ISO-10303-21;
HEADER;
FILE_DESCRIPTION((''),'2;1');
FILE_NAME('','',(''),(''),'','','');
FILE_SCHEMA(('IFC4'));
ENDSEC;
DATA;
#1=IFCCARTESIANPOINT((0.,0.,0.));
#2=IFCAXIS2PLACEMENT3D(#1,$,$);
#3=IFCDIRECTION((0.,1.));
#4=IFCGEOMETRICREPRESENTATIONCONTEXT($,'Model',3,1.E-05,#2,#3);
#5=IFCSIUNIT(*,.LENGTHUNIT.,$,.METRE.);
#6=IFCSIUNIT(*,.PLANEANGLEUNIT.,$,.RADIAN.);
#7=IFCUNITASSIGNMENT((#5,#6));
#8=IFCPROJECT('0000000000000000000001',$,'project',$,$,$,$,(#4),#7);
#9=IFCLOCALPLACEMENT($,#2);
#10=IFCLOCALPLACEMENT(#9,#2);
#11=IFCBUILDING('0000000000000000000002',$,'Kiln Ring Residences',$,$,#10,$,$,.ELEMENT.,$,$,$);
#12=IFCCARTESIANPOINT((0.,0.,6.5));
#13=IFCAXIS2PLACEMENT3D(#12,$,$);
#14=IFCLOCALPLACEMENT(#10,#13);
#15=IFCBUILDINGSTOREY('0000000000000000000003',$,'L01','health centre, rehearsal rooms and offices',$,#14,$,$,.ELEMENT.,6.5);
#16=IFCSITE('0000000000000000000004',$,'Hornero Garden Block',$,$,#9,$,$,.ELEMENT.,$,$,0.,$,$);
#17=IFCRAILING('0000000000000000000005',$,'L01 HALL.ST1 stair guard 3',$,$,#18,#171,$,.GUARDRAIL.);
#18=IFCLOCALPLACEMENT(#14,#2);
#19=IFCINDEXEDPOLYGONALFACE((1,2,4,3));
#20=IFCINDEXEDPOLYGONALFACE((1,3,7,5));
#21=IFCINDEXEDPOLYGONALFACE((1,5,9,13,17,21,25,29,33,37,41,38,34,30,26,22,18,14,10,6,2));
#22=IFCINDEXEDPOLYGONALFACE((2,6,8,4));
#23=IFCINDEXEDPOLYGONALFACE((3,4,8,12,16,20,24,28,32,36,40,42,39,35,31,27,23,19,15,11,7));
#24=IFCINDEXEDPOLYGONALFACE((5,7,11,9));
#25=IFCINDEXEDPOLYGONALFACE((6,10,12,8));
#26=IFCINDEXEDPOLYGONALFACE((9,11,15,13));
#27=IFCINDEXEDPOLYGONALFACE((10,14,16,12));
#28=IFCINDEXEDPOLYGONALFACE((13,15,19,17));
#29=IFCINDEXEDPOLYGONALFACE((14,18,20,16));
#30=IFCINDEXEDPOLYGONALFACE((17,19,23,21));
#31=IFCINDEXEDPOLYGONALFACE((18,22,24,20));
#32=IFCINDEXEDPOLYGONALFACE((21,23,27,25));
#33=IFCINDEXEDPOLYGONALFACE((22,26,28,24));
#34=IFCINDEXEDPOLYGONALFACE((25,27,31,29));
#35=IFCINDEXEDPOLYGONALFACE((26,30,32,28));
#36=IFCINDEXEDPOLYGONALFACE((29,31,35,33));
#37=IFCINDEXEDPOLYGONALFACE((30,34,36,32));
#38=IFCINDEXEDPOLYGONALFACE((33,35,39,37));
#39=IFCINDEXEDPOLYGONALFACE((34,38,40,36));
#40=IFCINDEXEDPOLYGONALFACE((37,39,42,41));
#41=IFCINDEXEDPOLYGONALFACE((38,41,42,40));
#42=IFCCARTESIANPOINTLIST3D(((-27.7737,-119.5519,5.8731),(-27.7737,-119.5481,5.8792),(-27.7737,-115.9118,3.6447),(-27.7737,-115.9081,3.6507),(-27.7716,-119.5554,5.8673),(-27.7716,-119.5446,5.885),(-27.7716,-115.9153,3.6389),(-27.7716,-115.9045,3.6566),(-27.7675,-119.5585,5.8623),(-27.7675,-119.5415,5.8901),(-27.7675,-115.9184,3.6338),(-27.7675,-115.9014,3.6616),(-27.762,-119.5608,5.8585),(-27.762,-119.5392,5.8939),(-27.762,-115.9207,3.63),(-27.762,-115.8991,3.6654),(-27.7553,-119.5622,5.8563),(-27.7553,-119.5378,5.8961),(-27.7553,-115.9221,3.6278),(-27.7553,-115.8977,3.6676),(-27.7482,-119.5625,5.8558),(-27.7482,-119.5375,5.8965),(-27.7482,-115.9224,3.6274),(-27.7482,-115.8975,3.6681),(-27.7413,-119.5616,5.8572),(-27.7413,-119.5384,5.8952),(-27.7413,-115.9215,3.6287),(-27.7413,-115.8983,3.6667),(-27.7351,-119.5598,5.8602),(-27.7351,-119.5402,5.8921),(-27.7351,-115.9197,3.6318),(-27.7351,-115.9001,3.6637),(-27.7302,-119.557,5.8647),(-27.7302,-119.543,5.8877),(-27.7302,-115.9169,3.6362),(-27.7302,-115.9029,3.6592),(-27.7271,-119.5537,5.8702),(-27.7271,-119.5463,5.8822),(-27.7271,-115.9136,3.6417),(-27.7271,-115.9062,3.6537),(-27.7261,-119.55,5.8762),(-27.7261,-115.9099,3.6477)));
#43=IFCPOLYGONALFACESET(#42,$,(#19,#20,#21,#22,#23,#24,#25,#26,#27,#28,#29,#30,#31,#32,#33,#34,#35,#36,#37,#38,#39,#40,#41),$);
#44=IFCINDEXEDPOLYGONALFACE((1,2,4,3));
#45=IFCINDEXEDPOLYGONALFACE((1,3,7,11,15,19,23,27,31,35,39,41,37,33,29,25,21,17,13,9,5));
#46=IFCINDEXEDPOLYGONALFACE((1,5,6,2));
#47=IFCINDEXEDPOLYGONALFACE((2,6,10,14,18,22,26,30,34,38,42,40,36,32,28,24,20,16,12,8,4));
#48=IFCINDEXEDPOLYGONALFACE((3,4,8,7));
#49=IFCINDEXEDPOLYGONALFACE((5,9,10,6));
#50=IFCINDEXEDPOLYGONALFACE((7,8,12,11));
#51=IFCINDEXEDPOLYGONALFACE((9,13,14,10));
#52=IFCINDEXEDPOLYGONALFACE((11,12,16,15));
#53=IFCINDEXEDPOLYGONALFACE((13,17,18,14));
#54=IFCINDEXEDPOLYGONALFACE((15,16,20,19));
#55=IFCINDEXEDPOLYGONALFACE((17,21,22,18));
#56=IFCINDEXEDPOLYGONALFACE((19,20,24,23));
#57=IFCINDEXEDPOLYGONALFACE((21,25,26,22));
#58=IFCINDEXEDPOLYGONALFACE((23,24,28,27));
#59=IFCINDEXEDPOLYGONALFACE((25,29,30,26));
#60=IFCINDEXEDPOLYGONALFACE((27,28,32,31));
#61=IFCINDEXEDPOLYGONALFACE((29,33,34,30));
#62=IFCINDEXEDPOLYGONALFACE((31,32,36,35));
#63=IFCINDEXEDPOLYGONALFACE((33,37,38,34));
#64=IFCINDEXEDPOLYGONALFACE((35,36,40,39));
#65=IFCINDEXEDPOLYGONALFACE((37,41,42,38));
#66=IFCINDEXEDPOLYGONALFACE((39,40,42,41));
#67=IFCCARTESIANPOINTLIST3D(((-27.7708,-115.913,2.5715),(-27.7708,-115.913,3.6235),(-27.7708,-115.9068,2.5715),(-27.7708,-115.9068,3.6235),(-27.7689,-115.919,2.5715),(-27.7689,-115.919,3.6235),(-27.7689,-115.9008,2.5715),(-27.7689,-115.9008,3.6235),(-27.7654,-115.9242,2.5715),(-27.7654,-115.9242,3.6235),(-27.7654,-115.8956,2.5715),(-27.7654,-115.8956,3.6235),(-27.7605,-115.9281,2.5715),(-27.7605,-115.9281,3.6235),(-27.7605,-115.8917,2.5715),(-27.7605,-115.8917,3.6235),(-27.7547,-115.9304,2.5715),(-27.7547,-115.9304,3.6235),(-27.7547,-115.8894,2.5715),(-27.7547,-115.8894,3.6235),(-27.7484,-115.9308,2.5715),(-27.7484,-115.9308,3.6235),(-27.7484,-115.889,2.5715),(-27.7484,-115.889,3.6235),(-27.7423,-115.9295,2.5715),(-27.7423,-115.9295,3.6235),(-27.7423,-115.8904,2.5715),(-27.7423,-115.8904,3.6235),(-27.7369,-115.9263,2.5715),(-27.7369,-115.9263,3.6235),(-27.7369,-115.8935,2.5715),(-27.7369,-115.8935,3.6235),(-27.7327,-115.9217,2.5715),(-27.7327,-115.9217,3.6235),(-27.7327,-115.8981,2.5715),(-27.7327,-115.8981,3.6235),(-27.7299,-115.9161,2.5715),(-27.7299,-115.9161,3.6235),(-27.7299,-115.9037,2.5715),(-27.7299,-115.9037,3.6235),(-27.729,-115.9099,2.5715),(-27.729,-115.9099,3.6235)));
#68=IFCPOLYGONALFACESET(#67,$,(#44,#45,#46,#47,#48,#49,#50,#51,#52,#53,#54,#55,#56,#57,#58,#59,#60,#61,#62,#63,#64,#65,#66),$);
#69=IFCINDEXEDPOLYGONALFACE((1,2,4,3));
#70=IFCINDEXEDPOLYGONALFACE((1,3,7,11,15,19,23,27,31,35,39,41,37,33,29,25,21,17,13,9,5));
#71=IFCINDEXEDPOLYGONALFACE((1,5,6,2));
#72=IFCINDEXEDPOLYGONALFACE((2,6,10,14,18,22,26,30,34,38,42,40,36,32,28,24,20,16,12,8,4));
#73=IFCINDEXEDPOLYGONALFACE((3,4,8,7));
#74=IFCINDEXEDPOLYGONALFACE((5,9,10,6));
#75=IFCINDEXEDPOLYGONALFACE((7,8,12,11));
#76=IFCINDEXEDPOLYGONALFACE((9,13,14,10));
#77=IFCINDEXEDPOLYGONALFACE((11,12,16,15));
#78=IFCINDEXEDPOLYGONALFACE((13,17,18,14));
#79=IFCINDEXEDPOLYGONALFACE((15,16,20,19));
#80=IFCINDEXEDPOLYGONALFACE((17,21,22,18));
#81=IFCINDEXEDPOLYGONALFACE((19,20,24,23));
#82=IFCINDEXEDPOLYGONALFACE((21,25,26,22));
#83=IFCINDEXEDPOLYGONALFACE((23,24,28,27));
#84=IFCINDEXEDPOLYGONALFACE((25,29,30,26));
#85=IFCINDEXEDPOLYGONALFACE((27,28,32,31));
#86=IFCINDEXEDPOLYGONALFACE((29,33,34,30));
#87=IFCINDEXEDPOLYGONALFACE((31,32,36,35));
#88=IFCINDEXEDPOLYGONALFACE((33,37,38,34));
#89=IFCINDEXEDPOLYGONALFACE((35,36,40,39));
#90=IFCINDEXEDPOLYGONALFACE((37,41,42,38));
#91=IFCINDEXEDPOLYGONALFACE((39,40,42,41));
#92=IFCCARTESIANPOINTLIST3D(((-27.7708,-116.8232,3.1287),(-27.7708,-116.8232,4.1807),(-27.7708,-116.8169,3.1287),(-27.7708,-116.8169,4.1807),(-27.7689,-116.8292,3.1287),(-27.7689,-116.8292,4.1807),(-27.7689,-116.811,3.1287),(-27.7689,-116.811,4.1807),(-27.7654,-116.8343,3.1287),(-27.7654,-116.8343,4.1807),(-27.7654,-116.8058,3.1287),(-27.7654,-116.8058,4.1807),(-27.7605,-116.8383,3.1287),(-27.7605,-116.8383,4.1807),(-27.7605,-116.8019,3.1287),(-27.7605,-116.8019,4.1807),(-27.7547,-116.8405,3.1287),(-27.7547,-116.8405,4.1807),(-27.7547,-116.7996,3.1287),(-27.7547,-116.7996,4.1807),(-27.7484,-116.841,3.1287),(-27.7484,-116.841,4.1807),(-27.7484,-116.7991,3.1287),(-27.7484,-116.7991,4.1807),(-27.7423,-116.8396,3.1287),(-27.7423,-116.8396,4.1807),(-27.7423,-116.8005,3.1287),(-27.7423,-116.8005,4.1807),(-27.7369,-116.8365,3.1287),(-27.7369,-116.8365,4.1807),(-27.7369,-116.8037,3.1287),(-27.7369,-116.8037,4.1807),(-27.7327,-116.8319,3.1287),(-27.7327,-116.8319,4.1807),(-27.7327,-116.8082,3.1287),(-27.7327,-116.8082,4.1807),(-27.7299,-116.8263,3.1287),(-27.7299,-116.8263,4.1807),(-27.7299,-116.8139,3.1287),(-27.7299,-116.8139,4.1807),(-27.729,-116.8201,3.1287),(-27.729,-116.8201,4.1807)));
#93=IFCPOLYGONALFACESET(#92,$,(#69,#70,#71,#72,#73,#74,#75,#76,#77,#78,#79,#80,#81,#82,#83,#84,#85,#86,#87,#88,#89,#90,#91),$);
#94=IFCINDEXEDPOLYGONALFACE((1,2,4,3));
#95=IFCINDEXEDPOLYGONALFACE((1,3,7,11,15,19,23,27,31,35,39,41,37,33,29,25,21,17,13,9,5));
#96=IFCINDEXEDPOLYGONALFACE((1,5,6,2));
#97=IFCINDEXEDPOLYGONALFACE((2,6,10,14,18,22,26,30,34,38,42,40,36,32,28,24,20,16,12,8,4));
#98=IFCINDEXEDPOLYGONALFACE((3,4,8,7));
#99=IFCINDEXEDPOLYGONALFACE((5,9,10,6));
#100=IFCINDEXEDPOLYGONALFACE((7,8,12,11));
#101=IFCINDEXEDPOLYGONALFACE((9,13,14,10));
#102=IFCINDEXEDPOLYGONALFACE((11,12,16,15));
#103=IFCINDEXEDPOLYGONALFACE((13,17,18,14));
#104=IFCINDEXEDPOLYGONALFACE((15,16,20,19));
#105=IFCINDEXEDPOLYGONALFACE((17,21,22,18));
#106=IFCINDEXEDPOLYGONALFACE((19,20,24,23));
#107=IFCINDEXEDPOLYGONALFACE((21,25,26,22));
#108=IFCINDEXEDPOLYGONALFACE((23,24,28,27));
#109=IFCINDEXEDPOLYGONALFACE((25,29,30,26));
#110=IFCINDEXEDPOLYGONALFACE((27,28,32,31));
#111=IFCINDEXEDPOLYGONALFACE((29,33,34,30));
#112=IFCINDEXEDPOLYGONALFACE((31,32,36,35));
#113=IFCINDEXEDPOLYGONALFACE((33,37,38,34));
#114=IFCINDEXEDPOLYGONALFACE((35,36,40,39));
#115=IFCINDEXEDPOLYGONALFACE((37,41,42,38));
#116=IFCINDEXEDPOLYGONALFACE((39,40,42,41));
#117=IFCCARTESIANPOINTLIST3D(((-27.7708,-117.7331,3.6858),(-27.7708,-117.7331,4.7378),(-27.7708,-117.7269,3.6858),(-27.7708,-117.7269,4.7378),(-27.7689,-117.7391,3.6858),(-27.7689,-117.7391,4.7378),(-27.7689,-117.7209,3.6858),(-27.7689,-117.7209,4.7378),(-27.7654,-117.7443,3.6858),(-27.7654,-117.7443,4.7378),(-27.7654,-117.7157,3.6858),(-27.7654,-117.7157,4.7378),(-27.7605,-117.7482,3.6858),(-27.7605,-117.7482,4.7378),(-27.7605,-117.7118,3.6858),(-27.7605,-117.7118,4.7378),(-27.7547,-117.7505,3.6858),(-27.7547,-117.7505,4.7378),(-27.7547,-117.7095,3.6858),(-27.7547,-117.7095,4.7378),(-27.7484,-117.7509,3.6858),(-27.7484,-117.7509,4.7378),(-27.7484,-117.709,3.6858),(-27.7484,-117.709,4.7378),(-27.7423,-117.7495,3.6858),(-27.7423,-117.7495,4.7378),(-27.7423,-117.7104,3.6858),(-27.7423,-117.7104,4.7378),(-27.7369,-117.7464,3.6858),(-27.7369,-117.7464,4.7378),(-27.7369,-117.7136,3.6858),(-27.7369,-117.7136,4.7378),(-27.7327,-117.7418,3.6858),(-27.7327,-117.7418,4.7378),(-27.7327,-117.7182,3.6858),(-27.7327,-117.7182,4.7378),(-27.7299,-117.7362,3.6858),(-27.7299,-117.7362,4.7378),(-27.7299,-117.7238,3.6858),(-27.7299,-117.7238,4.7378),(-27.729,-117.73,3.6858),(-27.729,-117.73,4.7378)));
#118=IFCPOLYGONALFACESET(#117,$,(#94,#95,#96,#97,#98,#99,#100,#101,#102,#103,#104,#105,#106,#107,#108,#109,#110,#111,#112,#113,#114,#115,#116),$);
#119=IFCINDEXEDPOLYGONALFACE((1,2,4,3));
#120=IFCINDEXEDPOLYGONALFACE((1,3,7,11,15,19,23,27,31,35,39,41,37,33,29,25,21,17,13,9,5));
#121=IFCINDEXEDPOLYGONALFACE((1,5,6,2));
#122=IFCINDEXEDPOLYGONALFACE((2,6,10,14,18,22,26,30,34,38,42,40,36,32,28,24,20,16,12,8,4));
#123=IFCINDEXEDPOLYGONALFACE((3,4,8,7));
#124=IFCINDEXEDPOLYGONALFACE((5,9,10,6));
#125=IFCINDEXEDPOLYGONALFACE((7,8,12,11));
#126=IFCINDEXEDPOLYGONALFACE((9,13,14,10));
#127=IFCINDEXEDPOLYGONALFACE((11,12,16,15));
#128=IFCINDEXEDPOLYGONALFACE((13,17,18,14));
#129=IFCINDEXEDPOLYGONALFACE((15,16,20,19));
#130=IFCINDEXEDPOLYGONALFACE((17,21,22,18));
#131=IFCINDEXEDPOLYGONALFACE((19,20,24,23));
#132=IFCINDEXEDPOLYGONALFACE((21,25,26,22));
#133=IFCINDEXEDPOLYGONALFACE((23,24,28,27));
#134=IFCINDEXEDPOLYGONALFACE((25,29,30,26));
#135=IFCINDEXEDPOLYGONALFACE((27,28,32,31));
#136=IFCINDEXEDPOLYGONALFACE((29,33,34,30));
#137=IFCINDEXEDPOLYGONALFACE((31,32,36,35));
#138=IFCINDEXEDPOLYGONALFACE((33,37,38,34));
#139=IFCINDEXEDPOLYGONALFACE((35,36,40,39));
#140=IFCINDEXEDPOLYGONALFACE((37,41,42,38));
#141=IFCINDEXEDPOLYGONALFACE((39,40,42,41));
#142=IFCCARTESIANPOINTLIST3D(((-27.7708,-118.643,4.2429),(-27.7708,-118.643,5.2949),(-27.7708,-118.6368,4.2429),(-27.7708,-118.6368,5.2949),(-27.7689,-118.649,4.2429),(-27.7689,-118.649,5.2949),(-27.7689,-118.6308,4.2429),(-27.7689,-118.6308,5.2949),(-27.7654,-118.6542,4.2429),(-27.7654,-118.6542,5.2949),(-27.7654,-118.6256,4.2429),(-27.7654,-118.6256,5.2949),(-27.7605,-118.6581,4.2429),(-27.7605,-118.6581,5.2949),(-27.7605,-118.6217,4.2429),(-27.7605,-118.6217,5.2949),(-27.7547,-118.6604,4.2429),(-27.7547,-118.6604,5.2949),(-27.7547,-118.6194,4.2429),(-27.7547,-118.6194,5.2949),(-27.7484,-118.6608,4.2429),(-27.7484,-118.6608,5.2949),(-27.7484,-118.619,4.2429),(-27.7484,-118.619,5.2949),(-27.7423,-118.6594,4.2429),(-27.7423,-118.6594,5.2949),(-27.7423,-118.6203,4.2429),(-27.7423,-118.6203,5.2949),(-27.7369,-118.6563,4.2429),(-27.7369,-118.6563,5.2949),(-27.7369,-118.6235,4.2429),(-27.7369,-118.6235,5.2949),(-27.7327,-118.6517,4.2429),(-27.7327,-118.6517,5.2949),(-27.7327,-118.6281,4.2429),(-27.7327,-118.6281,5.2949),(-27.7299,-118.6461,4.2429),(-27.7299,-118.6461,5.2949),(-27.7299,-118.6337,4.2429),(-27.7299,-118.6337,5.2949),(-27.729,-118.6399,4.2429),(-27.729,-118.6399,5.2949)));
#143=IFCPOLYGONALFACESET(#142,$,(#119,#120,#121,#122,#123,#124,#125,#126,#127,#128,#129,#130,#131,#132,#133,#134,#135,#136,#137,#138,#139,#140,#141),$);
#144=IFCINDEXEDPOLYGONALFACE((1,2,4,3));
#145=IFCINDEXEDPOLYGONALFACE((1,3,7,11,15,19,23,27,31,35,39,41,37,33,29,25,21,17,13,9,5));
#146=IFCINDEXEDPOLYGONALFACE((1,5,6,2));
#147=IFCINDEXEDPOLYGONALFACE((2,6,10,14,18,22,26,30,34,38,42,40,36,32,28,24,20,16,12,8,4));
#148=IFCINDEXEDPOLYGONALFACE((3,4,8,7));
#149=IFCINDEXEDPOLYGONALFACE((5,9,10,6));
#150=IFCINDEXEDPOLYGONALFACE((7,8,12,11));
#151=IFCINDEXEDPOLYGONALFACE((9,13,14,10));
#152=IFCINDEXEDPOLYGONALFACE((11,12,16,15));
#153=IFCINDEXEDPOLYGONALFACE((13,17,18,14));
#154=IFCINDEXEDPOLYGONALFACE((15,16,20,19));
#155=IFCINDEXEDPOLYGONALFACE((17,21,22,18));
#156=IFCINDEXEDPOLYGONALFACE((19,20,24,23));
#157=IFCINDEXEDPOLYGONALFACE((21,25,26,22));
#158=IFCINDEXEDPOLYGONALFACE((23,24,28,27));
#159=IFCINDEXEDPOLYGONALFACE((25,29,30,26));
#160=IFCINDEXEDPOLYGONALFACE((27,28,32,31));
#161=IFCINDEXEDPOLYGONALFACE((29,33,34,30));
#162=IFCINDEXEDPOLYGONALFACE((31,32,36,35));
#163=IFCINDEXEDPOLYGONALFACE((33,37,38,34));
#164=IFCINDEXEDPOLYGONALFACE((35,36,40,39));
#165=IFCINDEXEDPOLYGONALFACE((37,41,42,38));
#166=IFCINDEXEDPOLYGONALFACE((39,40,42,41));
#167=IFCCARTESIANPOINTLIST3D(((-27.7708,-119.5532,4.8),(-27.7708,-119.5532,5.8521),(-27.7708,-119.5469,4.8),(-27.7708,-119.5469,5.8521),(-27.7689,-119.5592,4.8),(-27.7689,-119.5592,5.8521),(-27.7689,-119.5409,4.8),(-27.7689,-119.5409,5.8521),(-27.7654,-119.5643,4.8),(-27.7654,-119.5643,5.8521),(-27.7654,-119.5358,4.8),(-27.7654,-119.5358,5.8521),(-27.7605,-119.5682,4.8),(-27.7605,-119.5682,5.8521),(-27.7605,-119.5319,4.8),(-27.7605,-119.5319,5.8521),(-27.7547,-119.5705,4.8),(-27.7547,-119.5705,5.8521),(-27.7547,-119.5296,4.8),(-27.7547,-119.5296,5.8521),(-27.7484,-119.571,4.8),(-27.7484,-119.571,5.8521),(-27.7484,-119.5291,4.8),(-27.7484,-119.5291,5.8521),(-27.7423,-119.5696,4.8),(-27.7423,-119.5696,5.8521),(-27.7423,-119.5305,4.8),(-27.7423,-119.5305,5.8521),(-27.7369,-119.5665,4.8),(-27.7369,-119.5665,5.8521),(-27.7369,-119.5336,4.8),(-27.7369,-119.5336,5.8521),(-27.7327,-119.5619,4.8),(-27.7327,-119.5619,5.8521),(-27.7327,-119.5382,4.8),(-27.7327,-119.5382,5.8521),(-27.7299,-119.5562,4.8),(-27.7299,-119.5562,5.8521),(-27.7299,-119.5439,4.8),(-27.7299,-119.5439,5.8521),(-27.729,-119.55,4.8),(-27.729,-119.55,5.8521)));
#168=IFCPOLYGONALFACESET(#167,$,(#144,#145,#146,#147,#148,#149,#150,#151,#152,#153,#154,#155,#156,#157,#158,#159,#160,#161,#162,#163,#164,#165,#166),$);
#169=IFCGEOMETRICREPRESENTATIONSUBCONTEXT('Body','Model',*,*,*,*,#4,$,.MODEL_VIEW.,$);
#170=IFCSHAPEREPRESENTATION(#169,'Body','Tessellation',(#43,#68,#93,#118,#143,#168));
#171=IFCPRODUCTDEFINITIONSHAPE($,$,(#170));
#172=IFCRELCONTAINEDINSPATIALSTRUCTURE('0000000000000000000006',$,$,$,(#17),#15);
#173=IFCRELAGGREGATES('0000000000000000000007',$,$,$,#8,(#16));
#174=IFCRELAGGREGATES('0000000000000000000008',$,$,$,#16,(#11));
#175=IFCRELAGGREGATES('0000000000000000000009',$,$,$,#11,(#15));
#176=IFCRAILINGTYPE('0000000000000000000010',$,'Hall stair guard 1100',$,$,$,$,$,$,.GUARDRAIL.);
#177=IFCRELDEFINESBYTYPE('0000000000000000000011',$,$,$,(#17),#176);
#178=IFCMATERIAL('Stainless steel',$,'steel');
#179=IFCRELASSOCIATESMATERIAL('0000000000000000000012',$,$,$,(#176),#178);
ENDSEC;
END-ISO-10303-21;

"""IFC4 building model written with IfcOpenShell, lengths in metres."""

from ifc_helpers import new_model, si_unit, direction, frame, origin, origin_2d, place, context, subcontext, project, spatial, circle, extrude, material, type_object, element, save


model = new_model("IFC4")

# Units and contexts
model_context = context("Model", 3, precision=1e-05, world=origin(), true_north=direction((0.0, 1.0)))
body_context = subcontext(model_context, "Body", "Model", "MODEL_VIEW")
ifc_project = project(units=[si_unit("LENGTHUNIT", "METRE"), si_unit("PLANEANGLEUNIT", "RADIAN")], contexts=[model_context])

# Site, building, storey
site_placement = place(None, origin())
site = spatial("IfcSite", under=ifc_project, at=site_placement, Name="Hornero Garden Block", CompositionType="ELEMENT", RefElevation=0.0)
building_placement = place(site_placement, origin())
building = spatial("IfcBuilding", under=site, at=building_placement, Name="Kiln Ring Residences", CompositionType="ELEMENT")
storey_placement = place(building_placement, frame((0.0, 0.0, 6.5)))
storey = spatial("IfcBuildingStorey", under=building, at=storey_placement, Name="L01", Description="health centre, rehearsal rooms and offices", CompositionType="ELEMENT", Elevation=6.5)

# Railing
ifc_material_1 = material(Name="Stainless steel", Category="steel")
railing_type_1 = type_object("IfcRailingType", Name="Hall stair guard 1100", PredefinedType="GUARDRAIL", material=ifc_material_1)
railing_1_placement = place(storey_placement, frame((-27.75, -115.9099, 2.5715)))
element("IfcRailing", 1, at=railing_1_placement, inside=storey, type_object=railing_type_1, Name="L01 HALL.ST1 stair guard 3", PredefinedType="GUARDRAIL", context=body_context, shape_type="SweptSolid", body=[
    extrude(circle(Radius=0.0239, at=origin_2d()), frame((0.0, 0.0, 1.0762), z_axis=(0.0, -0.852866, 0.52213), x_axis=(1.0, 0.0, 0.0)), (0.0, 0.0, 1.0), 4.2681),
    extrude(circle(Radius=0.021, at=origin_2d()), origin(), (0.0, 0.0, 1.0), 1.052),
    extrude(circle(Radius=0.021, at=origin_2d()), frame((0.0, -0.9102, 0.5571)), (0.0, 0.0, 1.0), 1.052),
    extrude(circle(Radius=0.021, at=origin_2d()), frame((0.0, -1.8201, 1.1143)), (0.0, 0.0, 1.0), 1.052),
    extrude(circle(Radius=0.021, at=origin_2d()), frame((0.0, -2.73, 1.6714)), (0.0, 0.0, 1.0), 1.052),
    extrude(circle(Radius=0.021, at=origin_2d()), frame((0.0, -3.6401, 2.2285)), (0.0, 0.0, 1.0), 1.052),
])

save(model, "model.ifc")
